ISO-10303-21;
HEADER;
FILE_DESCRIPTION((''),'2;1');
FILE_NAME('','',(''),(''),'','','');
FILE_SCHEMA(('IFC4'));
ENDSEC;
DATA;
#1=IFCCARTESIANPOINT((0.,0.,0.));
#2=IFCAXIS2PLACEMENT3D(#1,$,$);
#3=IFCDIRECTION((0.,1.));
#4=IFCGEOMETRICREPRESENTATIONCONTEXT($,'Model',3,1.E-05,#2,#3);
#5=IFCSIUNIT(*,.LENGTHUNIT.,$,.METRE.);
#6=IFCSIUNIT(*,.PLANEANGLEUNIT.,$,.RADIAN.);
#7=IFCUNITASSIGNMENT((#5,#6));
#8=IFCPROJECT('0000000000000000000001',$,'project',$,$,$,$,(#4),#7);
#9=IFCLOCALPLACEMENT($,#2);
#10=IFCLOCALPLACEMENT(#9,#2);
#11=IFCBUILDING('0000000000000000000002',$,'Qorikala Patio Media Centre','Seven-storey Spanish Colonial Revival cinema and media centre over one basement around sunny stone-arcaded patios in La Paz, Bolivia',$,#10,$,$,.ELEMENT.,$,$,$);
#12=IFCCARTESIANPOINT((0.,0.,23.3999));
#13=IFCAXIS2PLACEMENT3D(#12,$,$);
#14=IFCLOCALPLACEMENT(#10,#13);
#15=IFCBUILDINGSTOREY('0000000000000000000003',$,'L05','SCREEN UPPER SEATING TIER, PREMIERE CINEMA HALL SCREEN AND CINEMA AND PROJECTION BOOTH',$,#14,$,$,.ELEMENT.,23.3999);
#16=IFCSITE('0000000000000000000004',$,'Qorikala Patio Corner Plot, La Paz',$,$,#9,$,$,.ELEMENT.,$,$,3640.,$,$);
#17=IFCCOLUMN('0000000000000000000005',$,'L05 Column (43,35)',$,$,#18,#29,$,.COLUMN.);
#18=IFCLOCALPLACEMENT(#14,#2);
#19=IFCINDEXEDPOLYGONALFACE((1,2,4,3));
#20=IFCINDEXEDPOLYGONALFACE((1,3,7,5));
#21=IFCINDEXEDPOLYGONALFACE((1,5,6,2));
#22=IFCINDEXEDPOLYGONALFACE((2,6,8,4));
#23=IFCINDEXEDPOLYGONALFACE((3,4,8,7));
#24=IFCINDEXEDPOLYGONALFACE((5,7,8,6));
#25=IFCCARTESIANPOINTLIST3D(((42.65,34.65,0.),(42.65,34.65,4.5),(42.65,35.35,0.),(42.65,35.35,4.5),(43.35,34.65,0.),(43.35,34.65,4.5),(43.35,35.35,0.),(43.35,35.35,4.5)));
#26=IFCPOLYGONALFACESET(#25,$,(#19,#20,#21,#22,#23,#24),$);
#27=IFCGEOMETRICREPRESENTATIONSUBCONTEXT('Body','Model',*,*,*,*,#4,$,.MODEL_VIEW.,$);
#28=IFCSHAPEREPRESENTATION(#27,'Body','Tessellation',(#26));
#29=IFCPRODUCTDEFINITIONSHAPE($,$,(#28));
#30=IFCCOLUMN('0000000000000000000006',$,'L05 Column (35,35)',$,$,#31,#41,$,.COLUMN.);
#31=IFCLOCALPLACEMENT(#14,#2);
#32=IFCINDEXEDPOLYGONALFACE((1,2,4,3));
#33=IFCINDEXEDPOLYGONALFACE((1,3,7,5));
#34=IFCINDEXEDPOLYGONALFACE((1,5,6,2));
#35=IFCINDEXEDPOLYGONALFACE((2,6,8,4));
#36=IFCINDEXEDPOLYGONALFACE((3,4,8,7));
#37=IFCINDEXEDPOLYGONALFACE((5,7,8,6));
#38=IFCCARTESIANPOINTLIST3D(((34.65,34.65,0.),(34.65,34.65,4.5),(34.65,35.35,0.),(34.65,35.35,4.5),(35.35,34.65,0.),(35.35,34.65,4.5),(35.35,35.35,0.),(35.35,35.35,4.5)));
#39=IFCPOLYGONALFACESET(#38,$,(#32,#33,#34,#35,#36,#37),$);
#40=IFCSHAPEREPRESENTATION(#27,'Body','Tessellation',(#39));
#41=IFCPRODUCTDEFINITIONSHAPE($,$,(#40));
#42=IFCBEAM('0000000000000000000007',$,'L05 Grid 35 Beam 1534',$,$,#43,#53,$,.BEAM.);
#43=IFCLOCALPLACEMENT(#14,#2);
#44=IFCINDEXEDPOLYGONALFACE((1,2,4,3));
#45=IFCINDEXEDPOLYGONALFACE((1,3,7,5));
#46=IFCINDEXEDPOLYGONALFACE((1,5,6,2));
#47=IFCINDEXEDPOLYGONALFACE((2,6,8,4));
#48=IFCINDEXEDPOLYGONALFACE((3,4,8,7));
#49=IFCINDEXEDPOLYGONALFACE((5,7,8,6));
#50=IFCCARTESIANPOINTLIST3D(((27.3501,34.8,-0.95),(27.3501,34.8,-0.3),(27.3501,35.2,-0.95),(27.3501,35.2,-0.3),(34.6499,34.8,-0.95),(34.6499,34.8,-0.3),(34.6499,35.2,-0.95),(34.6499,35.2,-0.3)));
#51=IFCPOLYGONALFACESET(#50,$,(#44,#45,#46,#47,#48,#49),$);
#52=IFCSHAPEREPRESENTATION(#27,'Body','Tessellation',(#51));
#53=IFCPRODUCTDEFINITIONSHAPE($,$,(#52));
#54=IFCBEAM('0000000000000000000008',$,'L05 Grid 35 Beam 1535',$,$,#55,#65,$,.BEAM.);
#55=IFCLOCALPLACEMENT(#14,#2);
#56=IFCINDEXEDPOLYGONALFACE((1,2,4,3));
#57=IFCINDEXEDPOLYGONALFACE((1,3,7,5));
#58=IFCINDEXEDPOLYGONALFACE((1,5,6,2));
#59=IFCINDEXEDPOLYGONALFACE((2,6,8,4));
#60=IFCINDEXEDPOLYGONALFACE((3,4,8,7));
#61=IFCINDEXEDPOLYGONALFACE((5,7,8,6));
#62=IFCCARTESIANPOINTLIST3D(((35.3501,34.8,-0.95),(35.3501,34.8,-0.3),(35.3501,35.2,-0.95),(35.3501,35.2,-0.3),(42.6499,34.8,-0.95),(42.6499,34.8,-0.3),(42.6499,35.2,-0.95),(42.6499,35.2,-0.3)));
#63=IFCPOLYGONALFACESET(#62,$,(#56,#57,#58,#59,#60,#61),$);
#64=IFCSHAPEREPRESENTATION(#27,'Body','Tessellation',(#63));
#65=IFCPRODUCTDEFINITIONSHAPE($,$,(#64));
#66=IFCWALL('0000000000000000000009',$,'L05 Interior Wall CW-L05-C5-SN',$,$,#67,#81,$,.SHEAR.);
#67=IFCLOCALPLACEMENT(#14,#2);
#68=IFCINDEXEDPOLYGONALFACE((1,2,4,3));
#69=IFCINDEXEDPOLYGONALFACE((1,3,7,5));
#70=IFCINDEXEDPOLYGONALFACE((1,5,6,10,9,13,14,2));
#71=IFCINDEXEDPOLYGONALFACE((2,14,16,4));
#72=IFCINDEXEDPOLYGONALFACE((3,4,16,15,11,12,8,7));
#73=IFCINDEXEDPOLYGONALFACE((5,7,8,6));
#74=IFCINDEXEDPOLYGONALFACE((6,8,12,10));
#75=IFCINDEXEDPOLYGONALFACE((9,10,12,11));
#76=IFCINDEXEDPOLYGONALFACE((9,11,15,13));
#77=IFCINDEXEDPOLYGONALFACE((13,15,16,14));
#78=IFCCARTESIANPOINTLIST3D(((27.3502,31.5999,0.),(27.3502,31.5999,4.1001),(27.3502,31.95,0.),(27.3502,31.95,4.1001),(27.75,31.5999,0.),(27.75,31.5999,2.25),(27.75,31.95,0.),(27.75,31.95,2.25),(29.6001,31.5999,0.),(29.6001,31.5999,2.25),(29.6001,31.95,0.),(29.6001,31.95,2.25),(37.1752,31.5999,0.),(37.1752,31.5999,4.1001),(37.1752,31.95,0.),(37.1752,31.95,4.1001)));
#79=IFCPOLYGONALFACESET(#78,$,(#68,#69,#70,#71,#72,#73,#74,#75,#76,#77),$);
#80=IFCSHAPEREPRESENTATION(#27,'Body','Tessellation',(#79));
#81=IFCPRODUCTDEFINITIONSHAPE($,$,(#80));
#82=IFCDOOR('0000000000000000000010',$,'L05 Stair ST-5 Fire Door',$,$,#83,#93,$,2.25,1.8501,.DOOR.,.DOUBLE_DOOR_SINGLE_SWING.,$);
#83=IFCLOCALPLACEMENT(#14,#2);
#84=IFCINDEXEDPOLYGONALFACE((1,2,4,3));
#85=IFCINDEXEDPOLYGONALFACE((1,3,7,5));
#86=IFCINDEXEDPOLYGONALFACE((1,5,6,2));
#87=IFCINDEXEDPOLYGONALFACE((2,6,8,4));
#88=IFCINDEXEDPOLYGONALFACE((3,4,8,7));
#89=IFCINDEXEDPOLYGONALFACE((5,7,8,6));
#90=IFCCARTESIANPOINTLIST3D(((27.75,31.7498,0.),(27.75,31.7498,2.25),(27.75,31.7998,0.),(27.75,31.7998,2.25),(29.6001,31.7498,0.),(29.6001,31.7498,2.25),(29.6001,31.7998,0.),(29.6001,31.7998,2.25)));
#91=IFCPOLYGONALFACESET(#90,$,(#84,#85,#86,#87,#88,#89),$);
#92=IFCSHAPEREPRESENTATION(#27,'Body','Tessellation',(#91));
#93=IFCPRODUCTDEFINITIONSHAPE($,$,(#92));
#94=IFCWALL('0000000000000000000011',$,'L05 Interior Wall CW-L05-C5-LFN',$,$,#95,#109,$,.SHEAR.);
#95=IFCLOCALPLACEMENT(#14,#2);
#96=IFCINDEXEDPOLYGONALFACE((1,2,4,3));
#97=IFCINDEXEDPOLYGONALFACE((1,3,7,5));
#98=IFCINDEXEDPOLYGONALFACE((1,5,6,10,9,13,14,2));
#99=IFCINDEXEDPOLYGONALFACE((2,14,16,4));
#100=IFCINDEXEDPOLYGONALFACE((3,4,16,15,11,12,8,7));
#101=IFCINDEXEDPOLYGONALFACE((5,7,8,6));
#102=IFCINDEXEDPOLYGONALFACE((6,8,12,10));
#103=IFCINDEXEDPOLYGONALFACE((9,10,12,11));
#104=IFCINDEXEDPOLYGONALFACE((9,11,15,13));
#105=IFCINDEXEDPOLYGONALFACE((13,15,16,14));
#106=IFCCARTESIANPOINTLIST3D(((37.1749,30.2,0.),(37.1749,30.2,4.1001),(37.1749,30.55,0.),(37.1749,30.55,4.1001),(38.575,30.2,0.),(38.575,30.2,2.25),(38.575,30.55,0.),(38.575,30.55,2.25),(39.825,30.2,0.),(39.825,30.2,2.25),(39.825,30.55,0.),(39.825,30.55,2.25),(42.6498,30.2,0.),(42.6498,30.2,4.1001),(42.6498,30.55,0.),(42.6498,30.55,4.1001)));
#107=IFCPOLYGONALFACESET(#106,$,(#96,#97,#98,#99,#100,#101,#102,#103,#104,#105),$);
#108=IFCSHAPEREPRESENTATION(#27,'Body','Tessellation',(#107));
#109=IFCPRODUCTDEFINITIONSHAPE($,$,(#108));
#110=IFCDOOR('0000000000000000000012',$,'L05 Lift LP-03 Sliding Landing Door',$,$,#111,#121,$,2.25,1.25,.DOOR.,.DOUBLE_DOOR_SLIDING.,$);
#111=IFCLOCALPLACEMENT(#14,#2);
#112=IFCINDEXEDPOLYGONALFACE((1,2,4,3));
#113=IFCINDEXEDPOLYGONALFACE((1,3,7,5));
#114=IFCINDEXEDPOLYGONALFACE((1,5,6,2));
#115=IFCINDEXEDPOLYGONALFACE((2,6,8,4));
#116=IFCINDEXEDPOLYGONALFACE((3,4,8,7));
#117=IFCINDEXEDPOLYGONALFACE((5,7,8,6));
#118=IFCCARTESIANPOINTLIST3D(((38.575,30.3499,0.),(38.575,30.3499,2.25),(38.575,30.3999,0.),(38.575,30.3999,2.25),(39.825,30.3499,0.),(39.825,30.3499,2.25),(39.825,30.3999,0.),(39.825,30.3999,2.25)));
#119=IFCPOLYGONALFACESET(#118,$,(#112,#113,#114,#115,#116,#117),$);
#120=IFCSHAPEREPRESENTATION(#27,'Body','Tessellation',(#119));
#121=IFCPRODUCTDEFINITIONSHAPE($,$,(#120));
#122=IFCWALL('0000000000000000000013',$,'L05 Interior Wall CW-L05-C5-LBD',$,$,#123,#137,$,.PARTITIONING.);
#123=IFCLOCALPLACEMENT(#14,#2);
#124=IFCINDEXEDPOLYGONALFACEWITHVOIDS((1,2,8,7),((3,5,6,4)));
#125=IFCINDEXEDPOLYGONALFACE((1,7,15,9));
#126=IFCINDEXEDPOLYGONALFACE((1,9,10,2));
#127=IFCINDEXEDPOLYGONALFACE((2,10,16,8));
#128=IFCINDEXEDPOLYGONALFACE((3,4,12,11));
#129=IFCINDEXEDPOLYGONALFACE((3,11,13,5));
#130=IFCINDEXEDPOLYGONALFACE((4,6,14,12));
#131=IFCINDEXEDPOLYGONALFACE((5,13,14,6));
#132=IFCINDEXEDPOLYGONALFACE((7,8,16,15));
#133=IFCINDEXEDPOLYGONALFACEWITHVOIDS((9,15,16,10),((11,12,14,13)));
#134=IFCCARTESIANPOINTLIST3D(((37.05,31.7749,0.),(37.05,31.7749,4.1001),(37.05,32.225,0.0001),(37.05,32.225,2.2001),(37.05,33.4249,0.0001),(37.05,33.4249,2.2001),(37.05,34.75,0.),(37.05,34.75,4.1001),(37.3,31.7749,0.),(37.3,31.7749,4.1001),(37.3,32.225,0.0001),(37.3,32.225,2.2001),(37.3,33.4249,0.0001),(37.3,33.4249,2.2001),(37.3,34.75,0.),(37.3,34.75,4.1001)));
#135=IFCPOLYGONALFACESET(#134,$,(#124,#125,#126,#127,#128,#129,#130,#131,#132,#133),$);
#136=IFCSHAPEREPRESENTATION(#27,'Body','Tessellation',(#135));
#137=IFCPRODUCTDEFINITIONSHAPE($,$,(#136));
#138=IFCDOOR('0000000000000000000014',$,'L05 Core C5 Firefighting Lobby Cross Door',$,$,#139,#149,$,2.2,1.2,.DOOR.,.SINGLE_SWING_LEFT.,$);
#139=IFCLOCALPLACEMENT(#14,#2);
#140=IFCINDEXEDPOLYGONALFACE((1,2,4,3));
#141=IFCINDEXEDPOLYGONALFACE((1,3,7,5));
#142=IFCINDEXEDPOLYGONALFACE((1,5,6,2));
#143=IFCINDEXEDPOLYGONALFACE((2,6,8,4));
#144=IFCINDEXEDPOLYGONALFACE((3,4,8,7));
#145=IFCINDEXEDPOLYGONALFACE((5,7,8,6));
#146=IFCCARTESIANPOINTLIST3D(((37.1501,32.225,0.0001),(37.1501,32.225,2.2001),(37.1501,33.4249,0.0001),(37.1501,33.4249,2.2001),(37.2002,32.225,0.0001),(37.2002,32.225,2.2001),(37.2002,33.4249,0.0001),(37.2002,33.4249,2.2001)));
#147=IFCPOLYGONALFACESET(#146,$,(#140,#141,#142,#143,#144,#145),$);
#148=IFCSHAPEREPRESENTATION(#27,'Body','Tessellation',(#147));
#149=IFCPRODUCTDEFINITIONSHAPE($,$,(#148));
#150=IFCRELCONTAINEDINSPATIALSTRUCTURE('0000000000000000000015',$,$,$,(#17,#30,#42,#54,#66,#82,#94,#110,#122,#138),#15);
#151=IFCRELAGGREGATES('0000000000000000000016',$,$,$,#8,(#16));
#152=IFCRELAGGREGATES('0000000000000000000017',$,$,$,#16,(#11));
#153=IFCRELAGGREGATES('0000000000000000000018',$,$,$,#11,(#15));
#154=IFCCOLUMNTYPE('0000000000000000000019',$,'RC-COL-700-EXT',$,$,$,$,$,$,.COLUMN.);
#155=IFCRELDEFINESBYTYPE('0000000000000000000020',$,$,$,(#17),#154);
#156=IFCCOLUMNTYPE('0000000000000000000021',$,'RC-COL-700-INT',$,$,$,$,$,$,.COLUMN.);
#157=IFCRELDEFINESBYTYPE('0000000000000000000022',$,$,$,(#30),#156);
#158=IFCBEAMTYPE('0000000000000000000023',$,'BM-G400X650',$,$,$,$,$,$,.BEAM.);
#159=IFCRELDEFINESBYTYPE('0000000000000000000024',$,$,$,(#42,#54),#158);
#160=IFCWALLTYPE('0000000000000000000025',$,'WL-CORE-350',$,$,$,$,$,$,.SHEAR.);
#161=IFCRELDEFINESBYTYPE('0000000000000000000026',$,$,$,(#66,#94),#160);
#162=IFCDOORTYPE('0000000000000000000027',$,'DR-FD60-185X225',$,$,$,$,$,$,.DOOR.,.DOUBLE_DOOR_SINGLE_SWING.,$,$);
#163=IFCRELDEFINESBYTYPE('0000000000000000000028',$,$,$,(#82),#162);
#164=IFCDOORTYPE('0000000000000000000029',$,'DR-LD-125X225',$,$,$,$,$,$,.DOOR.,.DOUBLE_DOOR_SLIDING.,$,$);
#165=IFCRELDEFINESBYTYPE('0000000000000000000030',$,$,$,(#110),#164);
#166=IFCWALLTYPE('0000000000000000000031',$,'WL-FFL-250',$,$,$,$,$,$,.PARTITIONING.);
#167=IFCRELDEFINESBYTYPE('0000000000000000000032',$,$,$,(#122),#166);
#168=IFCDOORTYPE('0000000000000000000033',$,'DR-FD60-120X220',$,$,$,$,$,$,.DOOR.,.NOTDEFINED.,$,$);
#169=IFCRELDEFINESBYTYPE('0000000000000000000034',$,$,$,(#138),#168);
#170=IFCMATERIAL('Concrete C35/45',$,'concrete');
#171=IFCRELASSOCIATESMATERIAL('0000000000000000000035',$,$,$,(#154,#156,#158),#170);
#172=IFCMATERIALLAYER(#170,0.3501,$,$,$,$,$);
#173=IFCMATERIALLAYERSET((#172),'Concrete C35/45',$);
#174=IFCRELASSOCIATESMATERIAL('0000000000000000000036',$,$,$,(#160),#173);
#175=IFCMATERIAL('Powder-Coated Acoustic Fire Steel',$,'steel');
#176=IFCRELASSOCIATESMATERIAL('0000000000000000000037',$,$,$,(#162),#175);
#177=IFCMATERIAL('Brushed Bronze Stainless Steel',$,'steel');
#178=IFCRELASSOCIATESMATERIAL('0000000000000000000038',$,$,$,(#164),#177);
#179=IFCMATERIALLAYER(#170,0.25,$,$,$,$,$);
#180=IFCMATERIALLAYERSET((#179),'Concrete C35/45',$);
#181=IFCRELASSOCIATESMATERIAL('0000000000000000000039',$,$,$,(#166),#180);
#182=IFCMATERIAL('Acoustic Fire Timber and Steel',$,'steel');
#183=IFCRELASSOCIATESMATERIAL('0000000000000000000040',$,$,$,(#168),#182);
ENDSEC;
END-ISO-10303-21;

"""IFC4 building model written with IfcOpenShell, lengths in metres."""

from ifc_helpers import new_model, si_unit, direction, frame, frame_2d, origin, origin_2d, place, context, subcontext, project, spatial, rectangle, extrude, material, layer, layer_set, material_profile, profile_set, type_object, element, fill, save


model = new_model("IFC4")

# Units and contexts
model_context = context("Model", 3, precision=1e-05, world=origin(), true_north=direction((0.0, 1.0)))
body_context = subcontext(model_context, "Body", "Model", "MODEL_VIEW")
ifc_project = project(units=[si_unit("LENGTHUNIT", "METRE"), si_unit("PLANEANGLEUNIT", "RADIAN")], contexts=[model_context])

# Site, building, storey
site_placement = place(None, origin())
site = spatial("IfcSite", under=ifc_project, at=site_placement, Name="Qorikala Patio Corner Plot, La Paz", CompositionType="ELEMENT", RefElevation=3640.0)
building_placement = place(site_placement, origin())
building = spatial("IfcBuilding", under=site, at=building_placement, Name="Qorikala Patio Media Centre", Description="Seven-storey Spanish Colonial Revival cinema and media centre over one basement around sunny stone-arcaded patios in La Paz, Bolivia", CompositionType="ELEMENT")
storey_placement = place(building_placement, frame((0.0, 0.0, 23.3999)))
storey = spatial("IfcBuildingStorey", under=building, at=storey_placement, Name="L05", Description="SCREEN UPPER SEATING TIER, PREMIERE CINEMA HALL SCREEN AND CINEMA AND PROJECTION BOOTH", CompositionType="ELEMENT", Elevation=23.3999)

# Columns
ifc_material_1 = material(Name="Concrete C35/45", Category="concrete")
ifc_material_profile_1 = material_profile(ifc_material_1, rectangle(XDim=0.7, YDim=0.7, at=origin_2d()), Name="RC 700x700")
ifc_profile_set_1 = profile_set([ifc_material_profile_1], Name="Concrete C35/45")
column_type_1 = type_object("IfcColumnType", Name="RC-COL-700-EXT", PredefinedType="COLUMN", material=ifc_profile_set_1)
column_1_placement = place(storey_placement, frame((43.0, 35.0, 0.0), z_axis=(0.0, 0.0, 1.0), x_axis=(1.0, 0.0, 0.0)))
element("IfcColumn", 1, at=column_1_placement, inside=storey, type_object=column_type_1, Name="L05 Column (43,35)", PredefinedType="COLUMN", context=body_context, shape_type="SweptSolid", body=[
    extrude(rectangle(XDim=0.7, YDim=0.7, at=origin_2d()), origin(), (0.0, 0.0, 1.0), 4.5),
])
ifc_material_profile_2 = material_profile(ifc_material_1, rectangle(XDim=0.7, YDim=0.7, at=origin_2d()), Name="RC 700x700")
ifc_profile_set_2 = profile_set([ifc_material_profile_2], Name="Concrete C35/45")
column_type_2 = type_object("IfcColumnType", Name="RC-COL-700-INT", PredefinedType="COLUMN", material=ifc_profile_set_2)
column_2_placement = place(storey_placement, frame((35.0, 35.0, 0.0), z_axis=(0.0, 0.0, 1.0), x_axis=(1.0, 0.0, 0.0)))
element("IfcColumn", 2, at=column_2_placement, inside=storey, type_object=column_type_2, Name="L05 Column (35,35)", PredefinedType="COLUMN", context=body_context, shape_type="SweptSolid", body=[
    extrude(rectangle(XDim=0.7, YDim=0.7, at=origin_2d()), origin(), (0.0, 0.0, 1.0), 4.5),
])

# Beams
ifc_material_profile_3 = material_profile(ifc_material_1, rectangle(XDim=0.3999, YDim=0.6499, at=origin_2d()), Name="RC 400x650")
ifc_profile_set_3 = profile_set([ifc_material_profile_3], Name="Concrete C35/45")
beam_type = type_object("IfcBeamType", Name="BM-G400X650", PredefinedType="BEAM", material=ifc_profile_set_3)
for number, where, z_axis, x_axis, name in (
    (3, (27.3501, 35.0, -0.625), (1.0, 0.0, 0.0), (0.0, 1.0, 0.0), "L05 Grid 35 Beam 1534"),
    (4, (35.3501, 35.0, -0.625), (1.0, 0.0, 0.0), (0.0, 1.0, 0.0), "L05 Grid 35 Beam 1535"),
):
    element("IfcBeam", number, at=place(storey_placement, frame(where, z_axis=z_axis, x_axis=x_axis)), inside=storey, type_object=beam_type, Name=name, PredefinedType="BEAM", context=body_context, shape_type="SweptSolid", body=[
        extrude(rectangle(XDim=0.3999, YDim=0.6499, at=origin_2d()), origin(), (0.0, 0.0, 1.0), 7.2998),
    ])

# Walls, openings, doors
ifc_layer_1 = layer(ifc_material_1, 0.3501)
ifc_layer_set_1 = layer_set([ifc_layer_1], Name="Concrete C35/45")
wall_type_1 = type_object("IfcWallType", Name="WL-CORE-350", PredefinedType="SHEAR", material=ifc_layer_set_1)
wall_1_placement = place(storey_placement, frame((27.3501, 31.7749, 0.0), z_axis=(0.0, 0.0, 1.0), x_axis=(1.0, 0.0, 0.0)))
wall_1 = element("IfcWall", 5, at=wall_1_placement, inside=storey, type_object=wall_type_1, Name="L05 Interior Wall CW-L05-C5-SN", PredefinedType="SHEAR", context=body_context, shape_type="SweptSolid", body=[
    extrude(rectangle(XDim=9.825, YDim=0.3501, at=frame_2d((4.9126, 0.0))), origin(), (0.0, 0.0, 1.0), 4.1001),
])
opening_1_placement = place(wall_1_placement, frame((0.3999, 0.0, 0.0)))
opening_1 = element("IfcOpeningElement", 6, at=opening_1_placement, cuts=wall_1, PredefinedType="OPENING", context=body_context, shape_type="SweptSolid", body=[
    extrude(rectangle(XDim=1.8501, YDim=2.25, at=frame_2d((0.925, 1.125))), frame((0.0, 0.1851, 0.0), z_axis=(0.0, -1.0, 0.0), x_axis=(1.0, 0.0, 0.0)), (0.0, 0.0, 1.0), 0.3701),
])
ifc_material_2 = material(Name="Powder-Coated Acoustic Fire Steel", Category="steel")
door_type_1 = type_object("IfcDoorType", Name="DR-FD60-185X225", OperationType="DOUBLE_DOOR_SINGLE_SWING", PredefinedType="DOOR", material=ifc_material_2)
door_1_placement = place(opening_1_placement, origin())
door_1 = element("IfcDoor", 7, at=door_1_placement, inside=storey, type_object=door_type_1, Name="L05 Stair ST-5 Fire Door", OperationType="DOUBLE_DOOR_SINGLE_SWING", OverallHeight=2.25, OverallWidth=1.8501, PredefinedType="DOOR", context=body_context, shape_type="SweptSolid", body=[
    extrude(rectangle(XDim=1.8501, YDim=2.25, at=frame_2d((0.925, 1.125))), frame((0.0, 0.0249, 0.0), z_axis=(0.0, -1.0, 0.0), x_axis=(1.0, 0.0, 0.0)), (0.0, 0.0, 1.0), 0.05),
])
fill(opening_1, door_1)
wall_2_placement = place(storey_placement, frame((37.175, 30.375, 0.0), z_axis=(0.0, 0.0, 1.0), x_axis=(1.0, 0.0, 0.0)))
wall_2 = element("IfcWall", 8, at=wall_2_placement, inside=storey, type_object=wall_type_1, Name="L05 Interior Wall CW-L05-C5-LFN", PredefinedType="SHEAR", context=body_context, shape_type="SweptSolid", body=[
    extrude(rectangle(XDim=5.4749, YDim=0.3501, at=frame_2d((2.7373, 0.0))), origin(), (0.0, 0.0, 1.0), 4.1001),
])
opening_2_placement = place(wall_2_placement, frame((1.3999, 0.0, 0.0)))
opening_2 = element("IfcOpeningElement", 9, at=opening_2_placement, cuts=wall_2, PredefinedType="OPENING", context=body_context, shape_type="SweptSolid", body=[
    extrude(rectangle(XDim=1.25, YDim=2.25, at=frame_2d((0.625, 1.125))), frame((0.0, 0.1851, 0.0), z_axis=(0.0, -1.0, 0.0), x_axis=(1.0, 0.0, 0.0)), (0.0, 0.0, 1.0), 0.3701),
])
ifc_material_3 = material(Name="Brushed Bronze Stainless Steel", Category="steel")
door_type_2 = type_object("IfcDoorType", Name="DR-LD-125X225", OperationType="DOUBLE_DOOR_SLIDING", PredefinedType="DOOR", material=ifc_material_3)
door_2_placement = place(opening_2_placement, origin())
door_2 = element("IfcDoor", 10, at=door_2_placement, inside=storey, type_object=door_type_2, Name="L05 Lift LP-03 Sliding Landing Door", OperationType="DOUBLE_DOOR_SLIDING", OverallHeight=2.25, OverallWidth=1.25, PredefinedType="DOOR", context=body_context, shape_type="SweptSolid", body=[
    extrude(rectangle(XDim=1.25, YDim=2.25, at=frame_2d((0.625, 1.125))), frame((0.0, 0.0249, 0.0), z_axis=(0.0, -1.0, 0.0), x_axis=(1.0, 0.0, 0.0)), (0.0, 0.0, 1.0), 0.05),
])
fill(opening_2, door_2)
ifc_layer_2 = layer(ifc_material_1, 0.25)
ifc_layer_set_2 = layer_set([ifc_layer_2], Name="Concrete C35/45")
wall_type_2 = type_object("IfcWallType", Name="WL-FFL-250", PredefinedType="PARTITIONING", material=ifc_layer_set_2)
wall_3_placement = place(storey_placement, frame((37.175, 31.7749, 0.0), z_axis=(0.0, 0.0, 1.0), x_axis=(0.0, 1.0, 0.0)))
wall_3 = element("IfcWall", 11, at=wall_3_placement, inside=storey, type_object=wall_type_2, Name="L05 Interior Wall CW-L05-C5-LBD", PredefinedType="PARTITIONING", context=body_context, shape_type="SweptSolid", body=[
    extrude(rectangle(XDim=2.9751, YDim=0.25, at=frame_2d((1.4875, 0.0))), origin(), (0.0, 0.0, 1.0), 4.1001),
])
opening_3_placement = place(wall_3_placement, frame((0.45, 0.0, 0.0)))
opening_3 = element("IfcOpeningElement", 12, at=opening_3_placement, cuts=wall_3, PredefinedType="OPENING", context=body_context, shape_type="SweptSolid", body=[
    extrude(rectangle(XDim=1.2, YDim=2.2, at=frame_2d((0.6001, 1.1001))), frame((0.0, 0.135, 0.0), z_axis=(0.0, -1.0, 0.0), x_axis=(1.0, 0.0, 0.0)), (0.0, 0.0, 1.0), 0.27),
])
ifc_material_4 = material(Name="Acoustic Fire Timber and Steel", Category="steel")
door_type_3 = type_object("IfcDoorType", Name="DR-FD60-120X220", OperationType="NOTDEFINED", PredefinedType="DOOR", material=ifc_material_4)
door_3_placement = place(opening_3_placement, origin())
door_3 = element("IfcDoor", 13, at=door_3_placement, inside=storey, type_object=door_type_3, Name="L05 Core C5 Firefighting Lobby Cross Door", OperationType="SINGLE_SWING_LEFT", OverallHeight=2.2, OverallWidth=1.2, PredefinedType="DOOR", context=body_context, shape_type="SweptSolid", body=[
    extrude(rectangle(XDim=1.2, YDim=2.2, at=frame_2d((0.6001, 1.1001))), frame((0.0, 0.0249, 0.0), z_axis=(0.0, -1.0, 0.0), x_axis=(1.0, 0.0, 0.0)), (0.0, 0.0, 1.0), 0.05),
])
fill(opening_3, door_3)

save(model, "model.ifc")
